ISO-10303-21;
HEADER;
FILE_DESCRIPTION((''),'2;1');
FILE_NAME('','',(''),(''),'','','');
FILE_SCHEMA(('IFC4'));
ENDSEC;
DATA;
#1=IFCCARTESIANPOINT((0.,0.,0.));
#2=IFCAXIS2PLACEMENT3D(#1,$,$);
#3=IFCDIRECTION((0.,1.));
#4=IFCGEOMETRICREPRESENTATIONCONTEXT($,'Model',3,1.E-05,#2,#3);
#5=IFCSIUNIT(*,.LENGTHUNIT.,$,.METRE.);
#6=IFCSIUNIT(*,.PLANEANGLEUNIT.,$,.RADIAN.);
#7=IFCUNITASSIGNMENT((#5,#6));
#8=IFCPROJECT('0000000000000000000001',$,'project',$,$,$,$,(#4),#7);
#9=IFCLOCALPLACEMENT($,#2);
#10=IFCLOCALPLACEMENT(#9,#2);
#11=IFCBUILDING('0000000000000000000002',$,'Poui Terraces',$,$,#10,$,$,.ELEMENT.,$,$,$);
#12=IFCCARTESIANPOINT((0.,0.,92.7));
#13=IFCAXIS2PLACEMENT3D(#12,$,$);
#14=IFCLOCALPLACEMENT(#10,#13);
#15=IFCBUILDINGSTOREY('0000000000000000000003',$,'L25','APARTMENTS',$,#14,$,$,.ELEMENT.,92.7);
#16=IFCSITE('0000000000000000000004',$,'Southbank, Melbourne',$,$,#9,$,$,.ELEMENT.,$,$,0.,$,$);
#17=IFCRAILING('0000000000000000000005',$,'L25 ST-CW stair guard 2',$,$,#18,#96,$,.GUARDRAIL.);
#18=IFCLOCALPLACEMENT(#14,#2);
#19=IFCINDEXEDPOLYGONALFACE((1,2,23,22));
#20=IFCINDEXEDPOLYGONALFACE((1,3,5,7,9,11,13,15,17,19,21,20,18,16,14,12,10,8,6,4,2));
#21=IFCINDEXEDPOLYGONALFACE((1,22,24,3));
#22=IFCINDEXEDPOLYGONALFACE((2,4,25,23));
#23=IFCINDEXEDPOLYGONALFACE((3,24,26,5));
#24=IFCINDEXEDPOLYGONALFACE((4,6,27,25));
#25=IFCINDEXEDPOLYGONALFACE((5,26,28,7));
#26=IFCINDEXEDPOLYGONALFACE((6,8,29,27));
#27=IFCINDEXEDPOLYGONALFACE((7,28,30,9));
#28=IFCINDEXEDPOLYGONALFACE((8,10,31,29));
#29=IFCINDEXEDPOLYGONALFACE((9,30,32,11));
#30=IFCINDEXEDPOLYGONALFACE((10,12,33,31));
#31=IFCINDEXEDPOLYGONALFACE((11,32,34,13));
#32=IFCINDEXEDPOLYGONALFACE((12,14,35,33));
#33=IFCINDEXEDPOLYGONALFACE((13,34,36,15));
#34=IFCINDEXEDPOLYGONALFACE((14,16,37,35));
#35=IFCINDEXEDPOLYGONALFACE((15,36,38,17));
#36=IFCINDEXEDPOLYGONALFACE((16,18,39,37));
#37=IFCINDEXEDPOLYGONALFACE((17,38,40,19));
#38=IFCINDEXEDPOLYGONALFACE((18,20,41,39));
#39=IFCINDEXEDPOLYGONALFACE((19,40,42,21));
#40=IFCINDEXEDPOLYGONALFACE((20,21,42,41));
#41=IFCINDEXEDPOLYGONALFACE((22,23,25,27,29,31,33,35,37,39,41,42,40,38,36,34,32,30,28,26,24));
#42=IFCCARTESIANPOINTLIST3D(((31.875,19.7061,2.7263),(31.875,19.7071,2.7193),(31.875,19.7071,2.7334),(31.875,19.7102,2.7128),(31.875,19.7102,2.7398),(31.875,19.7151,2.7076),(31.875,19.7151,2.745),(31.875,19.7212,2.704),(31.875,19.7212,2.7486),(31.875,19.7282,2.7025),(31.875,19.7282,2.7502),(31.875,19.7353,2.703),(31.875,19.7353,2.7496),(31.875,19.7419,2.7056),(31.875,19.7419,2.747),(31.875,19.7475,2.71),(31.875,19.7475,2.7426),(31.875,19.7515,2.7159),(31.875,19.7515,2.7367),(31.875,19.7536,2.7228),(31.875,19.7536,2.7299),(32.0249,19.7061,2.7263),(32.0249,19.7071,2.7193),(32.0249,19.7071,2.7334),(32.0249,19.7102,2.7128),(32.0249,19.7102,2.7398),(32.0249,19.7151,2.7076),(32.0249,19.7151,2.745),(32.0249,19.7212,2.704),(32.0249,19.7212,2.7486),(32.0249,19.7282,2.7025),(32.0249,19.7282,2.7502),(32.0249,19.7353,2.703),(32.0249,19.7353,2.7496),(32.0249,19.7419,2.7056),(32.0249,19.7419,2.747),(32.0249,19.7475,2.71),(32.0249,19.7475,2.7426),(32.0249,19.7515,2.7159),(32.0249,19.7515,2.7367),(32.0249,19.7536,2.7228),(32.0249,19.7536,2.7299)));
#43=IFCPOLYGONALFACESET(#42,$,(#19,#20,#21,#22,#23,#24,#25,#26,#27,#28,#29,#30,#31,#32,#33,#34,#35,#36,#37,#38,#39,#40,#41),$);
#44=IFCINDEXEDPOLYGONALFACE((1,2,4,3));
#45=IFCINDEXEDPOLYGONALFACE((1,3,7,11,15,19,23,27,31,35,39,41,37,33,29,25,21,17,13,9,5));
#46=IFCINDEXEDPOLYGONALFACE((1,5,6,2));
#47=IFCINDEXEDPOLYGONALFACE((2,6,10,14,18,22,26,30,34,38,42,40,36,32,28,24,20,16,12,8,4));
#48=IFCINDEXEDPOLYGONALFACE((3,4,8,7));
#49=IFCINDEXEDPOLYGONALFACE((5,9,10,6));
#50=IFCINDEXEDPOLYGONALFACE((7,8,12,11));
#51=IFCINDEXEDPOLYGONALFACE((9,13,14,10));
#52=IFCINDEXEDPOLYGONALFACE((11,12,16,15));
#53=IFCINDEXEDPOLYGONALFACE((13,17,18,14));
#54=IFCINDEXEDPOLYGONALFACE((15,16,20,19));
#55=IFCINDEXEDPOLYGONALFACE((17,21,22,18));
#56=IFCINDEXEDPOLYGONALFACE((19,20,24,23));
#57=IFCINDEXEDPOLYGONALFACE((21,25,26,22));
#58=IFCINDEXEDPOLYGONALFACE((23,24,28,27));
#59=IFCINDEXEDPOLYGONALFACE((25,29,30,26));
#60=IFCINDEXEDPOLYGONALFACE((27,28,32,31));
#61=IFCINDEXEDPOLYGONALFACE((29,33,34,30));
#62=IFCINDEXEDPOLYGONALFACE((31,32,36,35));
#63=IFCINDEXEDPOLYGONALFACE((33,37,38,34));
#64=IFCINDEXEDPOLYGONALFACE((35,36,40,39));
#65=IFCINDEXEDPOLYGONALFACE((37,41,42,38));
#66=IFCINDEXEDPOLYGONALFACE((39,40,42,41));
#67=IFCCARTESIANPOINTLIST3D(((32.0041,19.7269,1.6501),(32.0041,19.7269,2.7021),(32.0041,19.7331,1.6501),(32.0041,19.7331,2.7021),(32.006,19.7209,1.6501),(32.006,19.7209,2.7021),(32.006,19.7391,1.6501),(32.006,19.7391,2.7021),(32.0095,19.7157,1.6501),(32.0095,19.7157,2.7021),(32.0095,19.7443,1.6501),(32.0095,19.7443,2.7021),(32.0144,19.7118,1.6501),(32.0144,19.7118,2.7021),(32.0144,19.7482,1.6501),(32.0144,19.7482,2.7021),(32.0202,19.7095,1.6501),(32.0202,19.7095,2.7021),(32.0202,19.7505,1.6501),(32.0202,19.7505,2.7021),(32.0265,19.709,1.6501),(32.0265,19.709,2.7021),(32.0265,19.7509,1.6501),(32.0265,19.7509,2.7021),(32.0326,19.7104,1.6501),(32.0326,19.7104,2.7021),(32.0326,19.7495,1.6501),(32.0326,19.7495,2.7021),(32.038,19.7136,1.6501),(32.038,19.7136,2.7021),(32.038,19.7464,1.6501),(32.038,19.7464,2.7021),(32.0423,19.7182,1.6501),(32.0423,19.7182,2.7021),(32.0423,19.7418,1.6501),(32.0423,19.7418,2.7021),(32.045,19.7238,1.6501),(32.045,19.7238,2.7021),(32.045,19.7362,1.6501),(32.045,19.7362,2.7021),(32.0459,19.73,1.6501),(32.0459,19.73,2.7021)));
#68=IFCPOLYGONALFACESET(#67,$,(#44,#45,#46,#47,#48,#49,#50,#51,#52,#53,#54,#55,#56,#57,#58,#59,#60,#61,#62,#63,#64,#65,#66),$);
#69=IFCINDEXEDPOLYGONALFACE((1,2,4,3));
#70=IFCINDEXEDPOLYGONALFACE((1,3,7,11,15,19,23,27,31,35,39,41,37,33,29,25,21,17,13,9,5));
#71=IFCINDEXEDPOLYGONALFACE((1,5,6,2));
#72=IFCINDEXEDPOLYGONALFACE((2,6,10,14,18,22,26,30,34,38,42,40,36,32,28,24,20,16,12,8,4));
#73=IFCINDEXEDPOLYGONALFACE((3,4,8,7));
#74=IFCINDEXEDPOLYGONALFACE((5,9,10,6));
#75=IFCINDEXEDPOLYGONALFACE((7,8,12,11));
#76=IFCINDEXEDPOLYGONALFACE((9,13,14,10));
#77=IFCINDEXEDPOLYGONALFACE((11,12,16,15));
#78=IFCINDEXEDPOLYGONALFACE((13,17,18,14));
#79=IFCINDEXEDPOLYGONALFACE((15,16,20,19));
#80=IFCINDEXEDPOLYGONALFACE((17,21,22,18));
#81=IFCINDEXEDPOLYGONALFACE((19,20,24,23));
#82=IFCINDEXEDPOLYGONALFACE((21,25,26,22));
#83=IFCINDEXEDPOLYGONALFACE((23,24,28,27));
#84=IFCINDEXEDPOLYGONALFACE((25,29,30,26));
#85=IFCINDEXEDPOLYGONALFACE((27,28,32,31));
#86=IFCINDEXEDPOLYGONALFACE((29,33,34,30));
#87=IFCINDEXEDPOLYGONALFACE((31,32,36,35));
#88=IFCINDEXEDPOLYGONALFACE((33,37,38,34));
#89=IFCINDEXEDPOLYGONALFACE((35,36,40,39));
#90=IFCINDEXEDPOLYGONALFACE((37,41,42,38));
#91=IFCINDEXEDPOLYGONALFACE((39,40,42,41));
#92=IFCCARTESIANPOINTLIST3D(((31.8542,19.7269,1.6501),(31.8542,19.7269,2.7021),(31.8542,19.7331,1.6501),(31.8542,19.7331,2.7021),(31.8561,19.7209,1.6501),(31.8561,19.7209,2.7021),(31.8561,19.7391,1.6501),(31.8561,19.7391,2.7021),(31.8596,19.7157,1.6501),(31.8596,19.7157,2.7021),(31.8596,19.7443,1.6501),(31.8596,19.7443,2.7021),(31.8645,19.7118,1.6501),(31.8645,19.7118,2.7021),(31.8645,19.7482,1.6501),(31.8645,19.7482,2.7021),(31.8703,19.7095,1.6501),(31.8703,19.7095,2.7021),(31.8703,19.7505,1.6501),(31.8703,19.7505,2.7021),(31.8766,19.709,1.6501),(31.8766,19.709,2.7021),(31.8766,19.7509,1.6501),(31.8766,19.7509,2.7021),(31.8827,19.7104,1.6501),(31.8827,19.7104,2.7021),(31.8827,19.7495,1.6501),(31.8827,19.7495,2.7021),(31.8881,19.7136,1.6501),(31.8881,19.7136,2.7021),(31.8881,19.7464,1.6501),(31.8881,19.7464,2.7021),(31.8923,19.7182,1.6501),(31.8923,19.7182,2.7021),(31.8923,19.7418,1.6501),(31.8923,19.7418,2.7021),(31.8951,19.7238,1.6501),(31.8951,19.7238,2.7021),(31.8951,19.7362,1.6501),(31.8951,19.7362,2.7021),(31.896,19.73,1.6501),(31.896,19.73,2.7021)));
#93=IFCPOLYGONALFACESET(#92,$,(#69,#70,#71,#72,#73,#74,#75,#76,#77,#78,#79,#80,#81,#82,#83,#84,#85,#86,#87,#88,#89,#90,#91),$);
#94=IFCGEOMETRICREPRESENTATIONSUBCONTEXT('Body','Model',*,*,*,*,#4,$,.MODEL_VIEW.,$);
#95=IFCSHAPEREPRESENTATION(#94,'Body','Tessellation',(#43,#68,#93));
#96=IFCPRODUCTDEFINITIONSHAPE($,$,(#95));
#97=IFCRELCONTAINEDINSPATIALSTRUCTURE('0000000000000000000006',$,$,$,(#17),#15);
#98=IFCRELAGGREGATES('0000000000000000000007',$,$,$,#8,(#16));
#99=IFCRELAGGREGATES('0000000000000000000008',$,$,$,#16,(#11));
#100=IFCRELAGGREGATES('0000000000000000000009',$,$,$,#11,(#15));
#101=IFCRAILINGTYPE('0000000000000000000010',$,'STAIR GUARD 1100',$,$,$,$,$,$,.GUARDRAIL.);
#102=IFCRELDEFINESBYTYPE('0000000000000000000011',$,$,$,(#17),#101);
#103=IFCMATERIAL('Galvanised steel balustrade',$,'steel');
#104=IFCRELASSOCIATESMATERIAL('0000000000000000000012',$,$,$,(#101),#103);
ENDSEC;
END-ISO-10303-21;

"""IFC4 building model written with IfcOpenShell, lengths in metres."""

from ifc_helpers import new_model, si_unit, direction, frame, origin, origin_2d, place, context, subcontext, project, spatial, circle, extrude, material, type_object, element, save


model = new_model("IFC4")

# Units and contexts
model_context = context("Model", 3, precision=1e-05, world=origin(), true_north=direction((0.0, 1.0)))
body_context = subcontext(model_context, "Body", "Model", "MODEL_VIEW")
ifc_project = project(units=[si_unit("LENGTHUNIT", "METRE"), si_unit("PLANEANGLEUNIT", "RADIAN")], contexts=[model_context])

# Site, building, storey
site_placement = place(None, origin())
site = spatial("IfcSite", under=ifc_project, at=site_placement, Name="Southbank, Melbourne", CompositionType="ELEMENT", RefElevation=0.0)
building_placement = place(site_placement, origin())
building = spatial("IfcBuilding", under=site, at=building_placement, Name="Poui Terraces", CompositionType="ELEMENT")
storey_placement = place(building_placement, frame((0.0, 0.0, 92.7)))
storey = spatial("IfcBuildingStorey", under=building, at=storey_placement, Name="L25", Description="APARTMENTS", CompositionType="ELEMENT", Elevation=92.7)

# Railing
ifc_material_1 = material(Name="Galvanised steel balustrade", Category="steel")
railing_type_1 = type_object("IfcRailingType", Name="STAIR GUARD 1100", PredefinedType="GUARDRAIL", material=ifc_material_1)
railing_1_placement = place(storey_placement, frame((32.0249, 19.73, 1.6501)))
element("IfcRailing", 1, at=railing_1_placement, inside=storey, type_object=railing_type_1, Name="L25 ST-CW stair guard 2", PredefinedType="GUARDRAIL", context=body_context, shape_type="SweptSolid", body=[
    extrude(circle(Radius=0.0239, at=origin_2d()), frame((0.0, 0.0, 1.0762), z_axis=(-1.0, 0.0, 0.0), x_axis=(0.0, -1.0, 0.0)), (0.0, 0.0, 1.0), 0.1499),
    extrude(circle(Radius=0.021, at=origin_2d()), origin(), (0.0, 0.0, 1.0), 1.052),
    extrude(circle(Radius=0.021, at=origin_2d()), frame((-0.1499, 0.0, 0.0)), (0.0, 0.0, 1.0), 1.052),
])

save(model, "model.ifc")
